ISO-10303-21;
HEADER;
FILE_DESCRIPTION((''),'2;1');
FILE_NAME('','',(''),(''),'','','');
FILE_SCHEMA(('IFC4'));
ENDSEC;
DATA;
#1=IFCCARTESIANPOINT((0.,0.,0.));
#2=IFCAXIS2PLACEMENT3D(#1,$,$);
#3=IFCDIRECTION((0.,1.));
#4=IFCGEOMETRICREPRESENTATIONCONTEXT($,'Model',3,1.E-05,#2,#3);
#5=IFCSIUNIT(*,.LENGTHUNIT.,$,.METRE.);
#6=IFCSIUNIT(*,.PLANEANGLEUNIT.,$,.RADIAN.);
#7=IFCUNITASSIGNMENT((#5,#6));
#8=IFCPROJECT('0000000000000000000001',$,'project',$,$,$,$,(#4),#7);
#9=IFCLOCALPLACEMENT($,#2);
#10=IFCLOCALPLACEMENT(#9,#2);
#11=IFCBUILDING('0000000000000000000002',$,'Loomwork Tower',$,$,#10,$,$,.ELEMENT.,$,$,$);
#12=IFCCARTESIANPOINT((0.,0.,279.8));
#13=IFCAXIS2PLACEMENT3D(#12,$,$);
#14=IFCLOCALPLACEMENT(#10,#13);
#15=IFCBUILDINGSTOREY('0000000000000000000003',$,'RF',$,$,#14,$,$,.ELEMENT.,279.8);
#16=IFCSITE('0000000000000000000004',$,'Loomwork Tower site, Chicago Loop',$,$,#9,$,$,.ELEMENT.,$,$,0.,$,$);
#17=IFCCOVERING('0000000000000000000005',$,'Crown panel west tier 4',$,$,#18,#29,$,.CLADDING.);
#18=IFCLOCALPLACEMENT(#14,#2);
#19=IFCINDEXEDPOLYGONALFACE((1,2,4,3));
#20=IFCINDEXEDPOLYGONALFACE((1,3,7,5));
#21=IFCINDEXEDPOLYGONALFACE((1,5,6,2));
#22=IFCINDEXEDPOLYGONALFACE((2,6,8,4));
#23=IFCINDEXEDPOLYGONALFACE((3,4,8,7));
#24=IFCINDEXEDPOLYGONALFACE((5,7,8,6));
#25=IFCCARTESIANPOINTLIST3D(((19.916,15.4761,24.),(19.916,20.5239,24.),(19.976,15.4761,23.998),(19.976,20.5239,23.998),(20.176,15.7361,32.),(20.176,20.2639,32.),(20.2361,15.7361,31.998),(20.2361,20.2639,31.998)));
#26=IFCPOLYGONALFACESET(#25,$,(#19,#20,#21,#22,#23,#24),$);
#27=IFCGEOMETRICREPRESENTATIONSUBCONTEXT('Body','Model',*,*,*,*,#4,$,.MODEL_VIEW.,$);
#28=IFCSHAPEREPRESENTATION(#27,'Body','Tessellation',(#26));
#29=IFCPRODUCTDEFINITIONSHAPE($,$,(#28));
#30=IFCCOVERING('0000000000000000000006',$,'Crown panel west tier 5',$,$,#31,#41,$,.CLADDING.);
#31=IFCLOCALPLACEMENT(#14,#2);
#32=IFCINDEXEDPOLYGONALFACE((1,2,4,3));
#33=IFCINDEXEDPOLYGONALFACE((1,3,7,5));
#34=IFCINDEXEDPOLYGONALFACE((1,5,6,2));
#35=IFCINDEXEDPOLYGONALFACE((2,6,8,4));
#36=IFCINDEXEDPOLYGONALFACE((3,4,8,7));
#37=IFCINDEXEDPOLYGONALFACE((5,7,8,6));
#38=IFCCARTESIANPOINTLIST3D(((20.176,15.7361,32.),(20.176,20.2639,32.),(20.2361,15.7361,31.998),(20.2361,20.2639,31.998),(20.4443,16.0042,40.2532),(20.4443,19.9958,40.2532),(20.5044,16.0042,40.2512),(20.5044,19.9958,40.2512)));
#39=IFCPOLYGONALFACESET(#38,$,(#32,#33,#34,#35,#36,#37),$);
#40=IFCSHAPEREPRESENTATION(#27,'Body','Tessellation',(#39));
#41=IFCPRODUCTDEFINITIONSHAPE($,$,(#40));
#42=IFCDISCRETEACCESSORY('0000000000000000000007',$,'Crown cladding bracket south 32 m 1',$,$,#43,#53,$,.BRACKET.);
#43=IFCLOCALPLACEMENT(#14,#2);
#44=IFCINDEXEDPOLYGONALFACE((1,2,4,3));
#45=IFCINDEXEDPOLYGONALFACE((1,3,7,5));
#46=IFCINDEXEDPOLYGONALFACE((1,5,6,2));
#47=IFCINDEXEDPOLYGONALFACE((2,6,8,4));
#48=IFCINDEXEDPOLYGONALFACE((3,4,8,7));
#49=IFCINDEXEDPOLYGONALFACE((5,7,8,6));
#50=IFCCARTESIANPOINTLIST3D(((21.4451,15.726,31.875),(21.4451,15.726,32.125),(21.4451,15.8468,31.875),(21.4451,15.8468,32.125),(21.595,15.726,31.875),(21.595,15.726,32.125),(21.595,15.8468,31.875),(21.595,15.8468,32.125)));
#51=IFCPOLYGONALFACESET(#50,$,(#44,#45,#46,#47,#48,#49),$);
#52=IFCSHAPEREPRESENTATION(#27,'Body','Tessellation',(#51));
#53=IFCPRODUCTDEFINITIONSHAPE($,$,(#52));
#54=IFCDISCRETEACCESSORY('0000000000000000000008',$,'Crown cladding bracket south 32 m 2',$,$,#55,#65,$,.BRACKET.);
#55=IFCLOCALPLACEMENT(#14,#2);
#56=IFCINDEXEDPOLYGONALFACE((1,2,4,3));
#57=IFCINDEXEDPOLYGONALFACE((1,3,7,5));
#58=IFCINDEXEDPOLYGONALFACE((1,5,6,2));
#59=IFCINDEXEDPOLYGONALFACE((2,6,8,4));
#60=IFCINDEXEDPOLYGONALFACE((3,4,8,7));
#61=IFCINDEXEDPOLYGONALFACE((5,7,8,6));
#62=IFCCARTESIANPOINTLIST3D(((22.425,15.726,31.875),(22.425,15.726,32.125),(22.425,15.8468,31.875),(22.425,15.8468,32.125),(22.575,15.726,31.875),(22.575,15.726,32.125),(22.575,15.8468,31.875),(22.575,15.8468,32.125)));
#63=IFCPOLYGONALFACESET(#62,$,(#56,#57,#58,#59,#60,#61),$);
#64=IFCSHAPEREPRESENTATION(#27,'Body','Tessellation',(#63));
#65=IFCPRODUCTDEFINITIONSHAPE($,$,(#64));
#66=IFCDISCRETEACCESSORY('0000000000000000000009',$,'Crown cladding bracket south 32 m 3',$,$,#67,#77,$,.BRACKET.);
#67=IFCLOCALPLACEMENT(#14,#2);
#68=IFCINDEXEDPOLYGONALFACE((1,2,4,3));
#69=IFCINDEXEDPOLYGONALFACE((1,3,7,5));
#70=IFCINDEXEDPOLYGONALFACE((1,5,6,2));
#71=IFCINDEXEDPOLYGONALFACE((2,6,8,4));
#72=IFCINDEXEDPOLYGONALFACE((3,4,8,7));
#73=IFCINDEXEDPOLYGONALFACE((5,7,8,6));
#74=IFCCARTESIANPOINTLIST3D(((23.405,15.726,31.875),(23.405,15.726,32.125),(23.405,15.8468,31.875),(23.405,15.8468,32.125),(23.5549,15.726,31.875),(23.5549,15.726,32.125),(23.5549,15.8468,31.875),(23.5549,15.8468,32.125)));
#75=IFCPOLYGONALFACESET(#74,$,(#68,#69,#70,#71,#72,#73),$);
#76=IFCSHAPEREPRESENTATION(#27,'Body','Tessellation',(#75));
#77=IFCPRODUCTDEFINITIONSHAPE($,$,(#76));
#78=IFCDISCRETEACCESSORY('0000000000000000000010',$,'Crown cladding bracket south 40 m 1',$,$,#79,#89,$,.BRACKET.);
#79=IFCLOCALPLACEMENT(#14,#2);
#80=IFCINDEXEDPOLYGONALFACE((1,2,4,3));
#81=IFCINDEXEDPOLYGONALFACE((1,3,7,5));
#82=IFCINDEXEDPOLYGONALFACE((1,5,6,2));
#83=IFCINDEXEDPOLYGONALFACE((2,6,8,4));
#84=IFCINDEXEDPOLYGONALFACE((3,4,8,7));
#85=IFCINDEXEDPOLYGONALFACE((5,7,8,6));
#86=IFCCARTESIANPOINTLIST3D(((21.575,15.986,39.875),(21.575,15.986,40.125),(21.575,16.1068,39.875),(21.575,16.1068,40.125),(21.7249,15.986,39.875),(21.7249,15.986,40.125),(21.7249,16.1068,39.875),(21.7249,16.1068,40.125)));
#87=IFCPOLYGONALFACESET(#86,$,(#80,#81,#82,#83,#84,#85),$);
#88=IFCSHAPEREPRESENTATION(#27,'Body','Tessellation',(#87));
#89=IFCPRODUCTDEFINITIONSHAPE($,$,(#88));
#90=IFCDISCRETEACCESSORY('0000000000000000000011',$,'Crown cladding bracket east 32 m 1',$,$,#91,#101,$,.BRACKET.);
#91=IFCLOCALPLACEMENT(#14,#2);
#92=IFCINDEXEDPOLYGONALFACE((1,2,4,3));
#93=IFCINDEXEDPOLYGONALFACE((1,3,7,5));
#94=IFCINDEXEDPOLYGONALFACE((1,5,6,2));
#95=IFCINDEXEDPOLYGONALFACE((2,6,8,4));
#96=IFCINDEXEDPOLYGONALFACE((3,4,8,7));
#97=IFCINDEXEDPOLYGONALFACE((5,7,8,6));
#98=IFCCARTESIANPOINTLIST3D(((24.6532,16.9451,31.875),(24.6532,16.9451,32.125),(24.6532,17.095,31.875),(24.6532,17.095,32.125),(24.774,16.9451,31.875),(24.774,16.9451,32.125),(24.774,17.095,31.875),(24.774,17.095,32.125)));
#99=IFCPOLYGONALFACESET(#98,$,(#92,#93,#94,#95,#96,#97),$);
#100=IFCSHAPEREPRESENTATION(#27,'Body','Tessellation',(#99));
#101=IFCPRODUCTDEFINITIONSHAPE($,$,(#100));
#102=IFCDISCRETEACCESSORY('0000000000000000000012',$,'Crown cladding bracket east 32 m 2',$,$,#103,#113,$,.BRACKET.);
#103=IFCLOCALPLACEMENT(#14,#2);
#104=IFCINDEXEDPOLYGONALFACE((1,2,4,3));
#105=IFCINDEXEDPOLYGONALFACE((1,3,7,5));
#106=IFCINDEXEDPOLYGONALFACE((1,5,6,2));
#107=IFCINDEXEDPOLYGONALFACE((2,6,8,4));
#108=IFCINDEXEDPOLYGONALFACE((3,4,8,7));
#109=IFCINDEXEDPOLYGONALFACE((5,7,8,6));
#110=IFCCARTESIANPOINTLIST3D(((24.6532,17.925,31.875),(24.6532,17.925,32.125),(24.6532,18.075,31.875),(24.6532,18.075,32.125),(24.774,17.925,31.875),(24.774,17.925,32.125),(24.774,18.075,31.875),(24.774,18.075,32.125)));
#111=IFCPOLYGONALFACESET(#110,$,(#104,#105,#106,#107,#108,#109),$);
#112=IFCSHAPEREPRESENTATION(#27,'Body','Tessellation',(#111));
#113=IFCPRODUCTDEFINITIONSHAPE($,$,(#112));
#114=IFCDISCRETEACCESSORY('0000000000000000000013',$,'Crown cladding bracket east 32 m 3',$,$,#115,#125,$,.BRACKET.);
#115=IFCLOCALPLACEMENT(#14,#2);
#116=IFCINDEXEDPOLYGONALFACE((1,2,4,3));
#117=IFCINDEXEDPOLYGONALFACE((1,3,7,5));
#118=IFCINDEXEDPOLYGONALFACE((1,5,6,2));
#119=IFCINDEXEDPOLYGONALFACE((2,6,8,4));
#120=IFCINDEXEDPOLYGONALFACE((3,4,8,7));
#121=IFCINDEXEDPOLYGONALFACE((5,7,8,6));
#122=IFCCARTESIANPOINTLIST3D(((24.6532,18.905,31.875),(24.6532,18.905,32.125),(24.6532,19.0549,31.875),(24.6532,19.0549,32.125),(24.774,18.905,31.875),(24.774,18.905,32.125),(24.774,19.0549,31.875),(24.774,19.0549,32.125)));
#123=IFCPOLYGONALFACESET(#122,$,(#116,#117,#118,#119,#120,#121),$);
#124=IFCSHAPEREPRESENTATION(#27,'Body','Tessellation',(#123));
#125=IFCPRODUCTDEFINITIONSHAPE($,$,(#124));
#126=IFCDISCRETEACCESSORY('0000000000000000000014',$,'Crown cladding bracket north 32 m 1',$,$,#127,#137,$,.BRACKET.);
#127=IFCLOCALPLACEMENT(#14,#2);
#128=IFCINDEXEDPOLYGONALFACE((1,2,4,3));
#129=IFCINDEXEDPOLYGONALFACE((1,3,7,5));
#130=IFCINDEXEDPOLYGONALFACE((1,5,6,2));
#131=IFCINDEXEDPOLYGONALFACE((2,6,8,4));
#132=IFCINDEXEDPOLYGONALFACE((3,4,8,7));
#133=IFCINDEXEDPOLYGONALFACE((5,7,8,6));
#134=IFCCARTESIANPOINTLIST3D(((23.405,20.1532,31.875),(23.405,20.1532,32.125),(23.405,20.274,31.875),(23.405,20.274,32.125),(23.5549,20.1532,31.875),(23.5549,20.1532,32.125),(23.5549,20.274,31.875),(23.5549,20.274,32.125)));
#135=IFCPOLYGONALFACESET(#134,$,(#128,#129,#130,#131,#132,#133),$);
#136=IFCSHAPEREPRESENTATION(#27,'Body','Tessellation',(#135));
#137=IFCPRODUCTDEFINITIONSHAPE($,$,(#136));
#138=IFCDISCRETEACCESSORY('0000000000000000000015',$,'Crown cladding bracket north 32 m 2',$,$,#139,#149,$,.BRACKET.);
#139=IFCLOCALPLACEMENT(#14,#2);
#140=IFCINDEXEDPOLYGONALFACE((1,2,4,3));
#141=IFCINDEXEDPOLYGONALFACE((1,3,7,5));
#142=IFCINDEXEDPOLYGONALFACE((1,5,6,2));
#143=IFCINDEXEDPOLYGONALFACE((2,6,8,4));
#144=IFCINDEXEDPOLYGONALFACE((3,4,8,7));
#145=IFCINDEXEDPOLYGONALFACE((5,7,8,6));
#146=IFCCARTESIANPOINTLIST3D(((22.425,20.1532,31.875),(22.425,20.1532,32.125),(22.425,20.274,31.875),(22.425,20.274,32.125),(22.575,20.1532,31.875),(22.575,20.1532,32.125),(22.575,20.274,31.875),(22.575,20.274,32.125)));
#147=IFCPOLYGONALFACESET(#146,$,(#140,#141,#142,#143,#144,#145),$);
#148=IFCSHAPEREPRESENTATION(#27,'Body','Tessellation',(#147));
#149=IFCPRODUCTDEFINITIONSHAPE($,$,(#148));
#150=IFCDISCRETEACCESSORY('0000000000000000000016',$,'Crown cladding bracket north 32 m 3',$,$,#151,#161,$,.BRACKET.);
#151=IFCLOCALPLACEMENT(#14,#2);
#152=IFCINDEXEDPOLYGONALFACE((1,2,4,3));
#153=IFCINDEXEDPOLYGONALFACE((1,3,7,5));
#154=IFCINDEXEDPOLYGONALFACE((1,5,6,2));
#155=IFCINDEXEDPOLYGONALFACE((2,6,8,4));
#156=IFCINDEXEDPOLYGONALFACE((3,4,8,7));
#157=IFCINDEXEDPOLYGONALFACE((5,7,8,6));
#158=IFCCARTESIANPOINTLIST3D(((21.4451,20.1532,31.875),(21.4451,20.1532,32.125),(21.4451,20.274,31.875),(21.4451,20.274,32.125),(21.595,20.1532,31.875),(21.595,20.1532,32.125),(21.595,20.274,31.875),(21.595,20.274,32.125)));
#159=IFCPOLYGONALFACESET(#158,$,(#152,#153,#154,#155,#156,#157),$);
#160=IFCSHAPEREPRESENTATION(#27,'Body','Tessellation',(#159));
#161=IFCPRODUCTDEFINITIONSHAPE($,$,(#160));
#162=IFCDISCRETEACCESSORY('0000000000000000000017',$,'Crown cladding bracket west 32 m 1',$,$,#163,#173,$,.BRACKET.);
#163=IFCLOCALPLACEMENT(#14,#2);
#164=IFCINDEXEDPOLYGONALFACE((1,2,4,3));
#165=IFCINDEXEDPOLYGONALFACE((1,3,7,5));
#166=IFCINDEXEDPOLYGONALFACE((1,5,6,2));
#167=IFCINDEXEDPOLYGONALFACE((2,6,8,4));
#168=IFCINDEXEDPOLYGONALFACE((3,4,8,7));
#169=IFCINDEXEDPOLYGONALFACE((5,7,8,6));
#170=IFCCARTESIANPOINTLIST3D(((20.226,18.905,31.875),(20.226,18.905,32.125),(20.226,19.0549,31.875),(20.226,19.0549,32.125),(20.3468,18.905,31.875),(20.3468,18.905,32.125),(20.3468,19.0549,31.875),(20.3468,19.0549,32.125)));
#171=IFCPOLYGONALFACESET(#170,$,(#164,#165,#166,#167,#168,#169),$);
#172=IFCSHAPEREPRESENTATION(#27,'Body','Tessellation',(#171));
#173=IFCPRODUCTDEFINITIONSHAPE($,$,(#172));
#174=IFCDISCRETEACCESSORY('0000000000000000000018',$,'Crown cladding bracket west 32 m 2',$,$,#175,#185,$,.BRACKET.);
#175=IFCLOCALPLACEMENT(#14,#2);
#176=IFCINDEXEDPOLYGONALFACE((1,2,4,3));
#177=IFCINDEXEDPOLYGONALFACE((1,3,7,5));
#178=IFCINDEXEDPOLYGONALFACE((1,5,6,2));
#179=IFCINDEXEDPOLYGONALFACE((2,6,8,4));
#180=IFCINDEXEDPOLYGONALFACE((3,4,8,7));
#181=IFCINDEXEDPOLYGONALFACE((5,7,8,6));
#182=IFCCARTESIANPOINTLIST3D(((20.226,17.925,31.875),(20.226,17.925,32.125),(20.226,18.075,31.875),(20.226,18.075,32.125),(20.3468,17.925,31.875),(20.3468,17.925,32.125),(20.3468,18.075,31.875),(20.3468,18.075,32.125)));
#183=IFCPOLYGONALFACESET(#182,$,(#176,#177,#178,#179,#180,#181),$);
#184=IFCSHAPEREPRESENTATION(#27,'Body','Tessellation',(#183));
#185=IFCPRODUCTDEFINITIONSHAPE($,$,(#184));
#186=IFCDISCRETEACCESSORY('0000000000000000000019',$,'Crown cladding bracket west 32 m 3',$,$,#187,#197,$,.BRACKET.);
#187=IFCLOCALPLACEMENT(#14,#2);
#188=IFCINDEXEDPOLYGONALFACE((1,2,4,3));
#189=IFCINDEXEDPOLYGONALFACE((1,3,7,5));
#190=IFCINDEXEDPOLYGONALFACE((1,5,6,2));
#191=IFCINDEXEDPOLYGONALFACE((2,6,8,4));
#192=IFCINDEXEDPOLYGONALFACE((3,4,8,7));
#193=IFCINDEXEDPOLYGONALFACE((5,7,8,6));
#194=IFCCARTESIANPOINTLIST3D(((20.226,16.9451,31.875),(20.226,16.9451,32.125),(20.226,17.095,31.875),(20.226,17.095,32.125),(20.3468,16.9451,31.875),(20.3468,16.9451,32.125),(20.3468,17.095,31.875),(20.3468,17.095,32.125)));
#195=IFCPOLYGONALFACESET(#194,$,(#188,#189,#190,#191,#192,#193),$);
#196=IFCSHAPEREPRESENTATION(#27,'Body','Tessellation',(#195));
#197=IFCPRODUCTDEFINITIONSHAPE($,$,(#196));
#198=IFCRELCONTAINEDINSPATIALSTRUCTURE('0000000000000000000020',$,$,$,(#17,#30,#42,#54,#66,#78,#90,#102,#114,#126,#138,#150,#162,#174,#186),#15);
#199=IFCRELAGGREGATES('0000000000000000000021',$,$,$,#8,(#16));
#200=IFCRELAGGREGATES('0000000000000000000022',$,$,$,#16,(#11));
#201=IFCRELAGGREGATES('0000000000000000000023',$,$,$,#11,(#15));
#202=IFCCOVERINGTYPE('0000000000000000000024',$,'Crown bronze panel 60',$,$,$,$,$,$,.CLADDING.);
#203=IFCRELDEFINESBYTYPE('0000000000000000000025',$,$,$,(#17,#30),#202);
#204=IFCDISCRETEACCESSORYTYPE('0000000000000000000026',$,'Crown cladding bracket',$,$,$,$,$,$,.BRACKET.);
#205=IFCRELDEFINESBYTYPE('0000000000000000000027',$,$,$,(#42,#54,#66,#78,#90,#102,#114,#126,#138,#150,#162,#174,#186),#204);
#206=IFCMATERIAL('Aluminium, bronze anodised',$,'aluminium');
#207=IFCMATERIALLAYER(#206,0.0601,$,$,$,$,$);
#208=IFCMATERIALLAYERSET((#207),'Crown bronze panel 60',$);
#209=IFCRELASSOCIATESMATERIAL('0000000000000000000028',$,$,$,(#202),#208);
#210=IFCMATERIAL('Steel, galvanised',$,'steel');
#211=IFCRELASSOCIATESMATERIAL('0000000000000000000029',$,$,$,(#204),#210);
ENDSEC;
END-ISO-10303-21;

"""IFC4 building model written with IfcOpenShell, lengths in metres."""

from ifc_helpers import new_model, si_unit, direction, frame, origin, origin_2d, place, context, subcontext, project, spatial, polyline, rectangle, outline, extrude, material, layer, layer_set, type_object, element, save


model = new_model("IFC4")

# Units and contexts
model_context = context("Model", 3, precision=1e-05, world=origin(), true_north=direction((0.0, 1.0)))
body_context = subcontext(model_context, "Body", "Model", "MODEL_VIEW")
ifc_project = project(units=[si_unit("LENGTHUNIT", "METRE"), si_unit("PLANEANGLEUNIT", "RADIAN")], contexts=[model_context])

# Site, building, storey
site_placement = place(None, origin())
site = spatial("IfcSite", under=ifc_project, at=site_placement, Name="Loomwork Tower site, Chicago Loop", CompositionType="ELEMENT", RefElevation=0.0)
building_placement = place(site_placement, origin())
building = spatial("IfcBuilding", under=site, at=building_placement, Name="Loomwork Tower", CompositionType="ELEMENT")
storey_placement = place(building_placement, frame((0.0, 0.0, 279.8)))
storey = spatial("IfcBuildingStorey", under=building, at=storey_placement, Name="RF", CompositionType="ELEMENT", Elevation=279.8)

# Coverings
ifc_material_1 = material(Name="Aluminium, bronze anodised", Category="aluminium")
ifc_layer = layer(ifc_material_1, 0.0601)
ifc_layer_set = layer_set([ifc_layer], Name="Crown bronze panel 60")
covering_type = type_object("IfcCoveringType", Name="Crown bronze panel 60", PredefinedType="CLADDING", material=ifc_layer_set)
covering_1_placement = place(storey_placement, frame((19.916, 20.5239, 24.0), z_axis=(-0.999472, 0.0, 0.032484), x_axis=(0.0, -1.0, 0.0)))
element("IfcCovering", 1, at=covering_1_placement, inside=storey, type_object=covering_type, Name="Crown panel west tier 4", PredefinedType="CLADDING", context=body_context, shape_type="SweptSolid", body=[
    extrude(outline(polyline([(0.0, 0.0), (5.0479, 0.0), (4.7878, 8.0042), (0.26, 8.0042), (0.0, 0.0)])), origin(), (0.0, 0.0, -1.0), 0.0601),
])
covering_2_placement = place(storey_placement, frame((20.176, 20.2639, 32.0), z_axis=(-0.999472, 0.0, 0.032493), x_axis=(0.0, -1.0, 0.0)))
element("IfcCovering", 2, at=covering_2_placement, inside=storey, type_object=covering_type, Name="Crown panel west tier 5", PredefinedType="CLADDING", context=body_context, shape_type="SweptSolid", body=[
    extrude(outline(polyline([(0.0, 0.0), (4.5278, 0.0), (4.2598, 8.2575), (0.2681, 8.2575), (0.0, 0.0)])), origin(), (0.0, 0.0, -1.0), 0.0601),
])

# Discrete accessories
ifc_material_2 = material(Name="Steel, galvanised", Category="steel")
discrete_accessory_type = type_object("IfcDiscreteAccessoryType", Name="Crown cladding bracket", PredefinedType="BRACKET", material=ifc_material_2)
for number, where, z_axis, x_axis, name in (
    (3, (21.52, 15.7864, 31.875), (0.0, 0.0, 1.0), (1.0, 0.0, 0.0), "Crown cladding bracket south 32 m 1"),
    (4, (22.5, 15.7864, 31.875), (0.0, 0.0, 1.0), (1.0, 0.0, 0.0), "Crown cladding bracket south 32 m 2"),
    (5, (23.48, 15.7864, 31.875), (0.0, 0.0, 1.0), (1.0, 0.0, 0.0), "Crown cladding bracket south 32 m 3"),
    (6, (21.6499, 16.0464, 39.875), (0.0, 0.0, 1.0), (1.0, 0.0, 0.0), "Crown cladding bracket south 40 m 1"),
):
    element("IfcDiscreteAccessory", number, at=place(storey_placement, frame(where, z_axis=z_axis, x_axis=x_axis)), inside=storey, type_object=discrete_accessory_type, Name=name, PredefinedType="BRACKET", context=body_context, shape_type="SweptSolid", body=[
        extrude(rectangle(XDim=0.1499, YDim=0.1208, at=origin_2d()), origin(), (0.0, 0.0, 1.0), 0.25),
    ])
for number, where, z_axis, x_axis, name in (
    (7, (24.7136, 17.02, 31.875), (0.0, 0.0, 1.0), (1.0, 0.0, 0.0), "Crown cladding bracket east 32 m 1"),
    (8, (24.7136, 18.0, 31.875), (0.0, 0.0, 1.0), (1.0, 0.0, 0.0), "Crown cladding bracket east 32 m 2"),
    (9, (24.7136, 18.98, 31.875), (0.0, 0.0, 1.0), (1.0, 0.0, 0.0), "Crown cladding bracket east 32 m 3"),
):
    element("IfcDiscreteAccessory", number, at=place(storey_placement, frame(where, z_axis=z_axis, x_axis=x_axis)), inside=storey, type_object=discrete_accessory_type, Name=name, PredefinedType="BRACKET", context=body_context, shape_type="SweptSolid", body=[
        extrude(rectangle(XDim=0.1208, YDim=0.1499, at=origin_2d()), origin(), (0.0, 0.0, 1.0), 0.25),
    ])
for number, where, z_axis, x_axis, name in (
    (10, (23.48, 20.2136, 31.875), (0.0, 0.0, 1.0), (1.0, 0.0, 0.0), "Crown cladding bracket north 32 m 1"),
    (11, (22.5, 20.2136, 31.875), (0.0, 0.0, 1.0), (1.0, 0.0, 0.0), "Crown cladding bracket north 32 m 2"),
    (12, (21.52, 20.2136, 31.875), (0.0, 0.0, 1.0), (1.0, 0.0, 0.0), "Crown cladding bracket north 32 m 3"),
):
    element("IfcDiscreteAccessory", number, at=place(storey_placement, frame(where, z_axis=z_axis, x_axis=x_axis)), inside=storey, type_object=discrete_accessory_type, Name=name, PredefinedType="BRACKET", context=body_context, shape_type="SweptSolid", body=[
        extrude(rectangle(XDim=0.1499, YDim=0.1208, at=origin_2d()), origin(), (0.0, 0.0, 1.0), 0.25),
    ])
for number, where, z_axis, x_axis, name in (
    (13, (20.2864, 18.98, 31.875), (0.0, 0.0, 1.0), (1.0, 0.0, 0.0), "Crown cladding bracket west 32 m 1"),
    (14, (20.2864, 18.0, 31.875), (0.0, 0.0, 1.0), (1.0, 0.0, 0.0), "Crown cladding bracket west 32 m 2"),
    (15, (20.2864, 17.02, 31.875), (0.0, 0.0, 1.0), (1.0, 0.0, 0.0), "Crown cladding bracket west 32 m 3"),
):
    element("IfcDiscreteAccessory", number, at=place(storey_placement, frame(where, z_axis=z_axis, x_axis=x_axis)), inside=storey, type_object=discrete_accessory_type, Name=name, PredefinedType="BRACKET", context=body_context, shape_type="SweptSolid", body=[
        extrude(rectangle(XDim=0.1208, YDim=0.1499, at=origin_2d()), origin(), (0.0, 0.0, 1.0), 0.25),
    ])

save(model, "model.ifc")
